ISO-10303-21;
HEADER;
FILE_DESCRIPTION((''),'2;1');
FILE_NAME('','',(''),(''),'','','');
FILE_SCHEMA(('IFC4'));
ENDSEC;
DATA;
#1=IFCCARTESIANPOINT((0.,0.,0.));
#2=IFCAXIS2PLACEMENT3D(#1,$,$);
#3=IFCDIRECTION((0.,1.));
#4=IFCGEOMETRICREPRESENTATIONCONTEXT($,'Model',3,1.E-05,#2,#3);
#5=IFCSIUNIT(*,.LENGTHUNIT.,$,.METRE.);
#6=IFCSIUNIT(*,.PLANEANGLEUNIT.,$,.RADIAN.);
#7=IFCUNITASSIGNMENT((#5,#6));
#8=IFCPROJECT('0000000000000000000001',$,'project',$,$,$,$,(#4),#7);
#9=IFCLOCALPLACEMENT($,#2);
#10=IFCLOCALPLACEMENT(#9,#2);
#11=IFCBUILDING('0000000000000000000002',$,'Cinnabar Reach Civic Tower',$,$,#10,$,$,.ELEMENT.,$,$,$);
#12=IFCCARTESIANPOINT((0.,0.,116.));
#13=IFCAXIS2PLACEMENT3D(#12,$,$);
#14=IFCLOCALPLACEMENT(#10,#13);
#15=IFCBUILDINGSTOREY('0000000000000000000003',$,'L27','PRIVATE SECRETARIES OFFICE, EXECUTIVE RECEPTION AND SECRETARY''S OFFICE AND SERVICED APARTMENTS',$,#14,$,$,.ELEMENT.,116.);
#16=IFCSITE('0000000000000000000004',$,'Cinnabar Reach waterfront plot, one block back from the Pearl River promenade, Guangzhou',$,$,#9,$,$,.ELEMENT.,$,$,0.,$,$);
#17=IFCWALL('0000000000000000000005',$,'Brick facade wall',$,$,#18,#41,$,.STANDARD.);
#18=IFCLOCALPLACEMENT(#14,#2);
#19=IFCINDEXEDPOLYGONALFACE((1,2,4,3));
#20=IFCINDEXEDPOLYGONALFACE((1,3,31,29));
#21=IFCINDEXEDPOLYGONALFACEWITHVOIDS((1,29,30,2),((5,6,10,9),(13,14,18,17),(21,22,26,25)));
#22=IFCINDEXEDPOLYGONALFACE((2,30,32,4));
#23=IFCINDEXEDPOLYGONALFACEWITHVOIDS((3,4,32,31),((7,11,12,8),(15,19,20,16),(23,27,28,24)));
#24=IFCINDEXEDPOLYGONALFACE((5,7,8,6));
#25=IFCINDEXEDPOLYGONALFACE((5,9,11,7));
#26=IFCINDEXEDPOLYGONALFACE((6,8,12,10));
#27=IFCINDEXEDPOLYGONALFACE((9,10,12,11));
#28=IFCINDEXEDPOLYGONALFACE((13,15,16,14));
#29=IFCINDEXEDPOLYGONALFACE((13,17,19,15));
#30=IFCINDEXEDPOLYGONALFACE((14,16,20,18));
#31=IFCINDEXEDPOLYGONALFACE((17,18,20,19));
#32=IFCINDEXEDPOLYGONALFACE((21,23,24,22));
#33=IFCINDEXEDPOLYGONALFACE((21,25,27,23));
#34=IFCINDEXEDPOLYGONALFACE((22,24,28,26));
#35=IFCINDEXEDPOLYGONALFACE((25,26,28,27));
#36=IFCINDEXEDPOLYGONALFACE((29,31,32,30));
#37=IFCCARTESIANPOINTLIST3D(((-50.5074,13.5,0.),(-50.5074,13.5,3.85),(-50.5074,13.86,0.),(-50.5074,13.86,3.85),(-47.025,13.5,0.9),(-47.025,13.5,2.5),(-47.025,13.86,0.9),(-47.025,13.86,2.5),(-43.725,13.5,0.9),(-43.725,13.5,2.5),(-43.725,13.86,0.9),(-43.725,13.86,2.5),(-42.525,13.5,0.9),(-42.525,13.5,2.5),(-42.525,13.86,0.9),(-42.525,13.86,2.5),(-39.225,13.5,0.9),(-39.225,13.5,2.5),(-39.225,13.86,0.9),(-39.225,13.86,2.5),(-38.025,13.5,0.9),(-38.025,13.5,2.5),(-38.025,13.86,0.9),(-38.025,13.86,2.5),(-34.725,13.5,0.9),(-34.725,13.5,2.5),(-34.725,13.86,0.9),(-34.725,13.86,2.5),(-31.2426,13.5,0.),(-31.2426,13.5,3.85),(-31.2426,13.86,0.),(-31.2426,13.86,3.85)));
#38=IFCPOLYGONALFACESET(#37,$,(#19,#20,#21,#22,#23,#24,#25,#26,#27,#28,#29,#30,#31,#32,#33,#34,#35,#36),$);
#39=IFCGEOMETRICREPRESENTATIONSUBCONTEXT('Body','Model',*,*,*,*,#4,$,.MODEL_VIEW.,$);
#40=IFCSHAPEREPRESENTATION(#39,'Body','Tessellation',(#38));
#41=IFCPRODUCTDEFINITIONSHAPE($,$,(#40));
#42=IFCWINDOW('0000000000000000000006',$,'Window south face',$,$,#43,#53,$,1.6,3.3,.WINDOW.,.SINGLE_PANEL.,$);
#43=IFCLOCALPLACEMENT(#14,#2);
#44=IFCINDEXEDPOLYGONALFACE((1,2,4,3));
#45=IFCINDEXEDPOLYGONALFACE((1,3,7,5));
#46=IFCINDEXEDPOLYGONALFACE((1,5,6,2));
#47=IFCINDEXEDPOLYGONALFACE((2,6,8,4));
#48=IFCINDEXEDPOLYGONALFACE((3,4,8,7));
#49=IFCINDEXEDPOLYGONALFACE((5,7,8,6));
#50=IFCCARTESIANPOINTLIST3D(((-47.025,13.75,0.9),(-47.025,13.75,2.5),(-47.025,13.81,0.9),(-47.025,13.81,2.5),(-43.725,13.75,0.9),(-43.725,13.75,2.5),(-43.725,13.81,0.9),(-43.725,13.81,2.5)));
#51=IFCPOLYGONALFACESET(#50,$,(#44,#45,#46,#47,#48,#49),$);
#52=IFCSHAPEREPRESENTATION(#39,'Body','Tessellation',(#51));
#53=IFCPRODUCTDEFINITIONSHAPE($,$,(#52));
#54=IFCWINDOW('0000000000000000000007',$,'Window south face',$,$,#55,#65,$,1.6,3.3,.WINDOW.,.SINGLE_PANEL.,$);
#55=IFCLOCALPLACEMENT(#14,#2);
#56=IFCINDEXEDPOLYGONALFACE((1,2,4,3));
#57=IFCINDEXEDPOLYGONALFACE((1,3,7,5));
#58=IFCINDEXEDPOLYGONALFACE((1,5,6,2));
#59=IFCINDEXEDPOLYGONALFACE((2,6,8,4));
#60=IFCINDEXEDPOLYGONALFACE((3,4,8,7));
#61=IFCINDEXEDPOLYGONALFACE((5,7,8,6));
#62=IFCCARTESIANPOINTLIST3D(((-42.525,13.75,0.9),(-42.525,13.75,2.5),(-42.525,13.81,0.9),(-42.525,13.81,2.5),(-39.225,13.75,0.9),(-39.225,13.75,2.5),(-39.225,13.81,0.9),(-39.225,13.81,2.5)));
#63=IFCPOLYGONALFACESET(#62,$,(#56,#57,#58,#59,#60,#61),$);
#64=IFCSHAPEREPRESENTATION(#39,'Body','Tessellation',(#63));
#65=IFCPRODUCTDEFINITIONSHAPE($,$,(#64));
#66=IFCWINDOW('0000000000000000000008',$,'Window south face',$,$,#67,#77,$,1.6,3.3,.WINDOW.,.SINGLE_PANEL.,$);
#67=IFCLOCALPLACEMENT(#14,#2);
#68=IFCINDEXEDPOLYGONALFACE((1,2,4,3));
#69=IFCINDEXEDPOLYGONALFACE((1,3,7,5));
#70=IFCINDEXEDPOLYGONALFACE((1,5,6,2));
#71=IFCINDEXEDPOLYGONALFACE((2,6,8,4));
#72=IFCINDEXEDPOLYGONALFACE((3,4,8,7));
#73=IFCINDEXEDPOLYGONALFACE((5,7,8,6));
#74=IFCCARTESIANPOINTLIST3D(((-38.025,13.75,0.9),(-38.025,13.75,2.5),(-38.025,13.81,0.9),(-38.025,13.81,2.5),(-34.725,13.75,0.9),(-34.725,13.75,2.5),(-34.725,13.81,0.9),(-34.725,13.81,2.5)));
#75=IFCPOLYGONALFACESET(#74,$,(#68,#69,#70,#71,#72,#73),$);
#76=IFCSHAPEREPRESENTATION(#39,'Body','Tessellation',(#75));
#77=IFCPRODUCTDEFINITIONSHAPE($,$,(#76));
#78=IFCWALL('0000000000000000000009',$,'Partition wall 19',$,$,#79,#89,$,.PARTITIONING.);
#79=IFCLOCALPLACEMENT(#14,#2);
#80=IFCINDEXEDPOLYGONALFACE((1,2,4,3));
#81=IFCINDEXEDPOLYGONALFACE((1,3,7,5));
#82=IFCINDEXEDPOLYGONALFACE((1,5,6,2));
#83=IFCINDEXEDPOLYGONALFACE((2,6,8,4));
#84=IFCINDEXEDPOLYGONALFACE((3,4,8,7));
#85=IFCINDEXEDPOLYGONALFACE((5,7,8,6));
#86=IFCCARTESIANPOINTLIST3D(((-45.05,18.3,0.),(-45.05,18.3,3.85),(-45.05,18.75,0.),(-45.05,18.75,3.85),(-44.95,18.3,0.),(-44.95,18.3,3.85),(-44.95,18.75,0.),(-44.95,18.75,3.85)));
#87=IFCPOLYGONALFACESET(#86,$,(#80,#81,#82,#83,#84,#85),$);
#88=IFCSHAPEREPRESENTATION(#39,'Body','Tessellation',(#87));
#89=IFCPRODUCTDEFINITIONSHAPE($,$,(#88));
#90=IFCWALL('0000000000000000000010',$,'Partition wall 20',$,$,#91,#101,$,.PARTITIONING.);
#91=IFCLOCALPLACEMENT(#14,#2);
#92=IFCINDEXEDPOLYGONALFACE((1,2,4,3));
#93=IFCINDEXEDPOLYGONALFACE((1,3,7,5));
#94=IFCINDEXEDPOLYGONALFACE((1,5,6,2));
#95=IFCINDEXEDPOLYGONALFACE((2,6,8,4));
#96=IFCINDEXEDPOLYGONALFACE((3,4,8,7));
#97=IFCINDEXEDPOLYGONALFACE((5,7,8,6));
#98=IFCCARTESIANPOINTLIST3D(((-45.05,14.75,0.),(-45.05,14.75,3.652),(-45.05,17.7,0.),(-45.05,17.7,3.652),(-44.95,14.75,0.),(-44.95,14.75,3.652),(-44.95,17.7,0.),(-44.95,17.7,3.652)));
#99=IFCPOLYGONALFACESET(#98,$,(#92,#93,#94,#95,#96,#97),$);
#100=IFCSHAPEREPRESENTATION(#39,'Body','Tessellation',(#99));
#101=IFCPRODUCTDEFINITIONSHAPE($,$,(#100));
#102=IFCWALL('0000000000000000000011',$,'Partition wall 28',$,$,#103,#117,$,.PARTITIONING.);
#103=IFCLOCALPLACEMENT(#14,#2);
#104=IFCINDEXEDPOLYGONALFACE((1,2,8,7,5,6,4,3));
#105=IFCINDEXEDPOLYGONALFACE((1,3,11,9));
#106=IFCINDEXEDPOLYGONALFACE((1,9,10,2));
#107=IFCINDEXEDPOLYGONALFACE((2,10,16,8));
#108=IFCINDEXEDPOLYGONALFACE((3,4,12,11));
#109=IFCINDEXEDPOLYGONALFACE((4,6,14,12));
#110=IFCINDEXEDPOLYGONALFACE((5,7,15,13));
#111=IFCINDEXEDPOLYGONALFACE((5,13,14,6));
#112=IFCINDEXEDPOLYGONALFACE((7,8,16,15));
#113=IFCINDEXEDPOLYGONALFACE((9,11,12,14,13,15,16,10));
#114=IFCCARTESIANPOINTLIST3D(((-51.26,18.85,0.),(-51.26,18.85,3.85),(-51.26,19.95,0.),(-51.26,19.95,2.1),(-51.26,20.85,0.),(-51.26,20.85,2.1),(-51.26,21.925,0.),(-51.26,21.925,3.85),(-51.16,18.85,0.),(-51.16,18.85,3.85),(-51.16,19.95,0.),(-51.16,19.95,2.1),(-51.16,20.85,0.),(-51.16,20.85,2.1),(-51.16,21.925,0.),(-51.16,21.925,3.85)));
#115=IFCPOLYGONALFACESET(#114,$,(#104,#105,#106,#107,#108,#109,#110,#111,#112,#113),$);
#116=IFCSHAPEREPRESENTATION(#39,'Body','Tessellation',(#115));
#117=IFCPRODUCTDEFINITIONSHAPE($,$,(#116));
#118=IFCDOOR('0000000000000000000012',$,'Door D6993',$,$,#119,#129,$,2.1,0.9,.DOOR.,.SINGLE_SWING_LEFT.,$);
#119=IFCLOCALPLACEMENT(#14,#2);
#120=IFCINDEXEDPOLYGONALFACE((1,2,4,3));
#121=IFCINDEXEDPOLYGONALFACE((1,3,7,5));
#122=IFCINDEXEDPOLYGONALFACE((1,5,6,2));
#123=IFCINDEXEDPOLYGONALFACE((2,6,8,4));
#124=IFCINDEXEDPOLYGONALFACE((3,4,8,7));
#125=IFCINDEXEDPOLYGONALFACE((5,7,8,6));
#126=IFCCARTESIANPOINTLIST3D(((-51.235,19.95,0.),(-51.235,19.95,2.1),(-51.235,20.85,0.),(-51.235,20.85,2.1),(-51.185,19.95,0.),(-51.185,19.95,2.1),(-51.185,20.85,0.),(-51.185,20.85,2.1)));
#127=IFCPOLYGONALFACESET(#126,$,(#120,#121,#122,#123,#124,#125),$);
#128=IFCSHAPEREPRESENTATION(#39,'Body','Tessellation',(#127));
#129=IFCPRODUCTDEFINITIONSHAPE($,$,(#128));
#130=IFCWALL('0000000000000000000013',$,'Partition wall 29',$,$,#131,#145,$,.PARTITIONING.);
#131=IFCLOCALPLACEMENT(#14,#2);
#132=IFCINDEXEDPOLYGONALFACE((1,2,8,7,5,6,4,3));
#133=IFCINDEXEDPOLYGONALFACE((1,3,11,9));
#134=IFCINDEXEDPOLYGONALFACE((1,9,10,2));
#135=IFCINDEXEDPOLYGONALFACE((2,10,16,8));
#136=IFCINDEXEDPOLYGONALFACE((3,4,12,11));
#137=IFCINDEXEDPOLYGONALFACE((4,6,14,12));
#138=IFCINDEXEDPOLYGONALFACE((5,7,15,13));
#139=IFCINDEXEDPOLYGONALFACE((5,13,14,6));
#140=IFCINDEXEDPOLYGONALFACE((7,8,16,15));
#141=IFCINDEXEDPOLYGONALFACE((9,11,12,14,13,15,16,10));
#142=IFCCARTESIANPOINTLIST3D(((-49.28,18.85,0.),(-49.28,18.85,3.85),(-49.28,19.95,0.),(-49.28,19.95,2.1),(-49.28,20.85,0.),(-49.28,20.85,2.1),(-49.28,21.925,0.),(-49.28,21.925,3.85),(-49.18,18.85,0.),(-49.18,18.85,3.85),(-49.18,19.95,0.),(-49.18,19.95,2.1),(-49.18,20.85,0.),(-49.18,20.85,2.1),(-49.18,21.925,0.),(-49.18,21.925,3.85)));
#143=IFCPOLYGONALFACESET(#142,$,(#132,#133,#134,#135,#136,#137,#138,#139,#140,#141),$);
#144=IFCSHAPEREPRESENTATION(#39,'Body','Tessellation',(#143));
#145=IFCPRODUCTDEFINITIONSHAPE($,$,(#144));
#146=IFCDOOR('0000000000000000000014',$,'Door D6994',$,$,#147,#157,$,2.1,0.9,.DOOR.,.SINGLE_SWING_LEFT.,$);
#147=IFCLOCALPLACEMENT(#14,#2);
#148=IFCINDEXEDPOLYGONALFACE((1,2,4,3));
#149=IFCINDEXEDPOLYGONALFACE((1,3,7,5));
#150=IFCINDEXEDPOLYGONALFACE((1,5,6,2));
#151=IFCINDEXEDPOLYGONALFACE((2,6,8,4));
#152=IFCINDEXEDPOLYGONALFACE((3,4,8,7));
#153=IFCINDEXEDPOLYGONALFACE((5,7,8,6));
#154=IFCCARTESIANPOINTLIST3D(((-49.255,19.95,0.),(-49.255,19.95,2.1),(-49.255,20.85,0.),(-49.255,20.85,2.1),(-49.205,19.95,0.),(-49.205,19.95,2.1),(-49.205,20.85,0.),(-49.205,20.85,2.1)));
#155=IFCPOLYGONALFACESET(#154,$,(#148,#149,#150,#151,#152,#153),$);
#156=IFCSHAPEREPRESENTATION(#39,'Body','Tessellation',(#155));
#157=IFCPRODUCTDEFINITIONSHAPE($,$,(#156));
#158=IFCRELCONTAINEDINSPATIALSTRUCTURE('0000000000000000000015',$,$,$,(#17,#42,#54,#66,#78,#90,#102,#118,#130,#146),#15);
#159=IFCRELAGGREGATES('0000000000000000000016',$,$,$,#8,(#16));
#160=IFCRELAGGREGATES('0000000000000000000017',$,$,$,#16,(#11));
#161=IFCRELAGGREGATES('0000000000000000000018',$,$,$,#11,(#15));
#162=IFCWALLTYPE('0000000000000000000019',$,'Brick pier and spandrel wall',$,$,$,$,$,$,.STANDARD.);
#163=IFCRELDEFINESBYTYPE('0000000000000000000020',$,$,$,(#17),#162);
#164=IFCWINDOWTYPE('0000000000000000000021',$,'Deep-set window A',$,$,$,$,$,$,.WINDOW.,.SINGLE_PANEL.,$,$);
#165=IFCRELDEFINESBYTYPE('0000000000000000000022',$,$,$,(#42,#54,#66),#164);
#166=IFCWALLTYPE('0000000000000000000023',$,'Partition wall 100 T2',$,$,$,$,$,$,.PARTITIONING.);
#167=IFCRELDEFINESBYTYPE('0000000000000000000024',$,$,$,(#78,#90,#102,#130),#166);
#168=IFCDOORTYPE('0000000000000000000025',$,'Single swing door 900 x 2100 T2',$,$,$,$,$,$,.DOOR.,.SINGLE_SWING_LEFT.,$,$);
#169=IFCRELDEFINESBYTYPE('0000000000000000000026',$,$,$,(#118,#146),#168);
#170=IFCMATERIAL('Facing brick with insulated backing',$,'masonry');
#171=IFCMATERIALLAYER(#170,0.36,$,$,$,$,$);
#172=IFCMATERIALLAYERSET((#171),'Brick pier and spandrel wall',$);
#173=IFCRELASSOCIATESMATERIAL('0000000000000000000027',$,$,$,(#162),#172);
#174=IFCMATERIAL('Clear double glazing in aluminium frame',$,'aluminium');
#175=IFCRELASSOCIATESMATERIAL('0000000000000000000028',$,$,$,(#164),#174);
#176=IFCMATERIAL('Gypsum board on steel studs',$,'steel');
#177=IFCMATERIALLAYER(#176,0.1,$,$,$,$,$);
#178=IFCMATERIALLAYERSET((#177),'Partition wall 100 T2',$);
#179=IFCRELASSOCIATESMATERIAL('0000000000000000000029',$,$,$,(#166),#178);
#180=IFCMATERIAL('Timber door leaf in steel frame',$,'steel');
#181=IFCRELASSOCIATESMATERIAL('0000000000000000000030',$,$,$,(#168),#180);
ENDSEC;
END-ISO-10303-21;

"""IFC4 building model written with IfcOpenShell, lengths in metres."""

from ifc_helpers import new_model, si_unit, direction, frame, frame_2d, origin, place, context, subcontext, project, spatial, rectangle, extrude, material, layer, layer_set, type_object, element, fill, save


model = new_model("IFC4")

# Units and contexts
model_context = context("Model", 3, precision=1e-05, world=origin(), true_north=direction((0.0, 1.0)))
body_context = subcontext(model_context, "Body", "Model", "MODEL_VIEW")
ifc_project = project(units=[si_unit("LENGTHUNIT", "METRE"), si_unit("PLANEANGLEUNIT", "RADIAN")], contexts=[model_context])

# Site, building, storey
site_placement = place(None, origin())
site = spatial("IfcSite", under=ifc_project, at=site_placement, Name="Cinnabar Reach waterfront plot, one block back from the Pearl River promenade, Guangzhou", CompositionType="ELEMENT", RefElevation=0.0)
building_placement = place(site_placement, origin())
building = spatial("IfcBuilding", under=site, at=building_placement, Name="Cinnabar Reach Civic Tower", CompositionType="ELEMENT")
storey_placement = place(building_placement, frame((0.0, 0.0, 116.0)))
storey = spatial("IfcBuildingStorey", under=building, at=storey_placement, Name="L27", Description="PRIVATE SECRETARIES OFFICE, EXECUTIVE RECEPTION AND SECRETARY'S OFFICE AND SERVICED APARTMENTS", CompositionType="ELEMENT", Elevation=116.0)

# Shared definitions
ifc_material_1 = material(Name="Facing brick with insulated backing", Category="masonry")

# Wall, openings, windows
ifc_layer_1 = layer(ifc_material_1, 0.36)
ifc_layer_set_1 = layer_set([ifc_layer_1], Name="Brick pier and spandrel wall")
wall_type_1 = type_object("IfcWallType", Name="Brick pier and spandrel wall", PredefinedType="STANDARD", material=ifc_layer_set_1)
wall_1_placement = place(storey_placement, frame((-50.5074, 13.68, 0.0), z_axis=(0.0, 0.0, 1.0), x_axis=(1.0, 0.0, 0.0)))
wall_1 = element("IfcWall", 1, at=wall_1_placement, inside=storey, type_object=wall_type_1, Name="Brick facade wall", PredefinedType="STANDARD", context=body_context, shape_type="SweptSolid", body=[
    extrude(rectangle(XDim=19.2648, YDim=0.36, at=frame_2d((9.6324, 0.0))), origin(), (0.0, 0.0, 1.0), 3.85),
])
opening_1_placement = place(wall_1_placement, frame((3.4824, 0.0, 0.9)))
opening_1 = element("IfcOpeningElement", 2, at=opening_1_placement, cuts=wall_1, PredefinedType="OPENING", context=body_context, shape_type="SweptSolid", body=[
    extrude(rectangle(XDim=3.3, YDim=1.6, at=frame_2d((1.65, 0.8))), frame((0.0, 0.19, 0.0), z_axis=(0.0, -1.0, 0.0), x_axis=(1.0, 0.0, 0.0)), (0.0, 0.0, 1.0), 0.38),
])
opening_2_placement = place(wall_1_placement, frame((7.9824, 0.0, 0.9)))
opening_2 = element("IfcOpeningElement", 3, at=opening_2_placement, cuts=wall_1, PredefinedType="OPENING", context=body_context, shape_type="SweptSolid", body=[
    extrude(rectangle(XDim=3.3, YDim=1.6, at=frame_2d((1.65, 0.8))), frame((0.0, 0.19, 0.0), z_axis=(0.0, -1.0, 0.0), x_axis=(1.0, 0.0, 0.0)), (0.0, 0.0, 1.0), 0.38),
])
opening_3_placement = place(wall_1_placement, frame((12.4824, 0.0, 0.9)))
opening_3 = element("IfcOpeningElement", 4, at=opening_3_placement, cuts=wall_1, PredefinedType="OPENING", context=body_context, shape_type="SweptSolid", body=[
    extrude(rectangle(XDim=3.3, YDim=1.6, at=frame_2d((1.65, 0.8))), frame((0.0, 0.19, 0.0), z_axis=(0.0, -1.0, 0.0), x_axis=(1.0, 0.0, 0.0)), (0.0, 0.0, 1.0), 0.38),
])
ifc_material_2 = material(Name="Clear double glazing in aluminium frame", Category="aluminium")
window_type = type_object("IfcWindowType", Name="Deep-set window A", PartitioningType="SINGLE_PANEL", PredefinedType="WINDOW", material=ifc_material_2)
window_1_placement = place(opening_1_placement, origin())
window_1 = element("IfcWindow", 5, at=window_1_placement, inside=storey, type_object=window_type, Name="Window south face", OverallHeight=1.6, OverallWidth=3.3, PartitioningType="SINGLE_PANEL", PredefinedType="WINDOW", context=body_context, shape_type="SweptSolid", body=[
    extrude(rectangle(XDim=3.3, YDim=1.6, at=frame_2d((1.65, 0.8))), frame((0.0, 0.13, 0.0), z_axis=(0.0, -1.0, 0.0), x_axis=(1.0, 0.0, 0.0)), (0.0, 0.0, 1.0), 0.06),
])
fill(opening_1, window_1)
window_2_placement = place(opening_2_placement, origin())
window_2 = element("IfcWindow", 6, at=window_2_placement, inside=storey, type_object=window_type, Name="Window south face", OverallHeight=1.6, OverallWidth=3.3, PartitioningType="SINGLE_PANEL", PredefinedType="WINDOW", context=body_context, shape_type="SweptSolid", body=[
    extrude(rectangle(XDim=3.3, YDim=1.6, at=frame_2d((1.65, 0.8))), frame((0.0, 0.13, 0.0), z_axis=(0.0, -1.0, 0.0), x_axis=(1.0, 0.0, 0.0)), (0.0, 0.0, 1.0), 0.06),
])
fill(opening_2, window_2)
window_3_placement = place(opening_3_placement, origin())
window_3 = element("IfcWindow", 7, at=window_3_placement, inside=storey, type_object=window_type, Name="Window south face", OverallHeight=1.6, OverallWidth=3.3, PartitioningType="SINGLE_PANEL", PredefinedType="WINDOW", context=body_context, shape_type="SweptSolid", body=[
    extrude(rectangle(XDim=3.3, YDim=1.6, at=frame_2d((1.65, 0.8))), frame((0.0, 0.13, 0.0), z_axis=(0.0, -1.0, 0.0), x_axis=(1.0, 0.0, 0.0)), (0.0, 0.0, 1.0), 0.06),
])
fill(opening_3, window_3)

# Walls
ifc_material_3 = material(Name="Gypsum board on steel studs", Category="steel")
ifc_layer_2 = layer(ifc_material_3, 0.1)
ifc_layer_set_2 = layer_set([ifc_layer_2], Name="Partition wall 100 T2")
wall_type_2 = type_object("IfcWallType", Name="Partition wall 100 T2", PredefinedType="PARTITIONING", material=ifc_layer_set_2)
wall_2_placement = place(storey_placement, frame((-45.0, 18.3, 0.0), z_axis=(0.0, 0.0, 1.0), x_axis=(0.0, 1.0, 0.0)))
element("IfcWall", 8, at=wall_2_placement, inside=storey, type_object=wall_type_2, Name="Partition wall 19", PredefinedType="PARTITIONING", context=body_context, shape_type="SweptSolid", body=[
    extrude(rectangle(XDim=0.45, YDim=0.1, at=frame_2d((0.225, 0.0))), origin(), (0.0, 0.0, 1.0), 3.85),
])
wall_3_placement = place(storey_placement, frame((-45.0, 14.75, 0.0), z_axis=(0.0, 0.0, 1.0), x_axis=(0.0, 1.0, 0.0)))
element("IfcWall", 9, at=wall_3_placement, inside=storey, type_object=wall_type_2, Name="Partition wall 20", PredefinedType="PARTITIONING", context=body_context, shape_type="SweptSolid", body=[
    extrude(rectangle(XDim=2.95, YDim=0.1, at=frame_2d((1.475, 0.0))), origin(), (0.0, 0.0, 1.0), 3.652),
])

# Walls, openings, doors
wall_4_placement = place(storey_placement, frame((-51.21, 18.85, 0.0), z_axis=(0.0, 0.0, 1.0), x_axis=(0.0, 1.0, 0.0)))
wall_4 = element("IfcWall", 10, at=wall_4_placement, inside=storey, type_object=wall_type_2, Name="Partition wall 28", PredefinedType="PARTITIONING", context=body_context, shape_type="SweptSolid", body=[
    extrude(rectangle(XDim=3.075, YDim=0.1, at=frame_2d((1.5375, 0.0))), origin(), (0.0, 0.0, 1.0), 3.85),
])
opening_4_placement = place(wall_4_placement, frame((1.1, 0.0, 0.0)))
opening_4 = element("IfcOpeningElement", 11, at=opening_4_placement, cuts=wall_4, PredefinedType="OPENING", context=body_context, shape_type="SweptSolid", body=[
    extrude(rectangle(XDim=0.9, YDim=2.1, at=frame_2d((0.45, 1.05))), frame((0.0, 0.06, 0.0), z_axis=(0.0, -1.0, 0.0), x_axis=(1.0, 0.0, 0.0)), (0.0, 0.0, 1.0), 0.12),
])
ifc_material_4 = material(Name="Timber door leaf in steel frame", Category="steel")
door_type = type_object("IfcDoorType", Name="Single swing door 900 x 2100 T2", OperationType="SINGLE_SWING_LEFT", PredefinedType="DOOR", material=ifc_material_4)
door_1_placement = place(opening_4_placement, origin())
door_1 = element("IfcDoor", 12, at=door_1_placement, inside=storey, type_object=door_type, Name="Door D6993", OperationType="SINGLE_SWING_LEFT", OverallHeight=2.1, OverallWidth=0.9, PredefinedType="DOOR", context=body_context, shape_type="SweptSolid", body=[
    extrude(rectangle(XDim=0.9, YDim=2.1, at=frame_2d((0.45, 1.05))), frame((0.0, 0.025, 0.0), z_axis=(0.0, -1.0, 0.0), x_axis=(1.0, 0.0, 0.0)), (0.0, 0.0, 1.0), 0.05),
])
fill(opening_4, door_1)
wall_5_placement = place(storey_placement, frame((-49.23, 18.85, 0.0), z_axis=(0.0, 0.0, 1.0), x_axis=(0.0, 1.0, 0.0)))
wall_5 = element("IfcWall", 13, at=wall_5_placement, inside=storey, type_object=wall_type_2, Name="Partition wall 29", PredefinedType="PARTITIONING", context=body_context, shape_type="SweptSolid", body=[
    extrude(rectangle(XDim=3.075, YDim=0.1, at=frame_2d((1.5375, 0.0))), origin(), (0.0, 0.0, 1.0), 3.85),
])
opening_5_placement = place(wall_5_placement, frame((1.1, 0.0, 0.0)))
opening_5 = element("IfcOpeningElement", 14, at=opening_5_placement, cuts=wall_5, PredefinedType="OPENING", context=body_context, shape_type="SweptSolid", body=[
    extrude(rectangle(XDim=0.9, YDim=2.1, at=frame_2d((0.45, 1.05))), frame((0.0, 0.06, 0.0), z_axis=(0.0, -1.0, 0.0), x_axis=(1.0, 0.0, 0.0)), (0.0, 0.0, 1.0), 0.12),
])
door_2_placement = place(opening_5_placement, origin())
door_2 = element("IfcDoor", 15, at=door_2_placement, inside=storey, type_object=door_type, Name="Door D6994", OperationType="SINGLE_SWING_LEFT", OverallHeight=2.1, OverallWidth=0.9, PredefinedType="DOOR", context=body_context, shape_type="SweptSolid", body=[
    extrude(rectangle(XDim=0.9, YDim=2.1, at=frame_2d((0.45, 1.05))), frame((0.0, 0.025, 0.0), z_axis=(0.0, -1.0, 0.0), x_axis=(1.0, 0.0, 0.0)), (0.0, 0.0, 1.0), 0.05),
])
fill(opening_5, door_2)

save(model, "model.ifc")
